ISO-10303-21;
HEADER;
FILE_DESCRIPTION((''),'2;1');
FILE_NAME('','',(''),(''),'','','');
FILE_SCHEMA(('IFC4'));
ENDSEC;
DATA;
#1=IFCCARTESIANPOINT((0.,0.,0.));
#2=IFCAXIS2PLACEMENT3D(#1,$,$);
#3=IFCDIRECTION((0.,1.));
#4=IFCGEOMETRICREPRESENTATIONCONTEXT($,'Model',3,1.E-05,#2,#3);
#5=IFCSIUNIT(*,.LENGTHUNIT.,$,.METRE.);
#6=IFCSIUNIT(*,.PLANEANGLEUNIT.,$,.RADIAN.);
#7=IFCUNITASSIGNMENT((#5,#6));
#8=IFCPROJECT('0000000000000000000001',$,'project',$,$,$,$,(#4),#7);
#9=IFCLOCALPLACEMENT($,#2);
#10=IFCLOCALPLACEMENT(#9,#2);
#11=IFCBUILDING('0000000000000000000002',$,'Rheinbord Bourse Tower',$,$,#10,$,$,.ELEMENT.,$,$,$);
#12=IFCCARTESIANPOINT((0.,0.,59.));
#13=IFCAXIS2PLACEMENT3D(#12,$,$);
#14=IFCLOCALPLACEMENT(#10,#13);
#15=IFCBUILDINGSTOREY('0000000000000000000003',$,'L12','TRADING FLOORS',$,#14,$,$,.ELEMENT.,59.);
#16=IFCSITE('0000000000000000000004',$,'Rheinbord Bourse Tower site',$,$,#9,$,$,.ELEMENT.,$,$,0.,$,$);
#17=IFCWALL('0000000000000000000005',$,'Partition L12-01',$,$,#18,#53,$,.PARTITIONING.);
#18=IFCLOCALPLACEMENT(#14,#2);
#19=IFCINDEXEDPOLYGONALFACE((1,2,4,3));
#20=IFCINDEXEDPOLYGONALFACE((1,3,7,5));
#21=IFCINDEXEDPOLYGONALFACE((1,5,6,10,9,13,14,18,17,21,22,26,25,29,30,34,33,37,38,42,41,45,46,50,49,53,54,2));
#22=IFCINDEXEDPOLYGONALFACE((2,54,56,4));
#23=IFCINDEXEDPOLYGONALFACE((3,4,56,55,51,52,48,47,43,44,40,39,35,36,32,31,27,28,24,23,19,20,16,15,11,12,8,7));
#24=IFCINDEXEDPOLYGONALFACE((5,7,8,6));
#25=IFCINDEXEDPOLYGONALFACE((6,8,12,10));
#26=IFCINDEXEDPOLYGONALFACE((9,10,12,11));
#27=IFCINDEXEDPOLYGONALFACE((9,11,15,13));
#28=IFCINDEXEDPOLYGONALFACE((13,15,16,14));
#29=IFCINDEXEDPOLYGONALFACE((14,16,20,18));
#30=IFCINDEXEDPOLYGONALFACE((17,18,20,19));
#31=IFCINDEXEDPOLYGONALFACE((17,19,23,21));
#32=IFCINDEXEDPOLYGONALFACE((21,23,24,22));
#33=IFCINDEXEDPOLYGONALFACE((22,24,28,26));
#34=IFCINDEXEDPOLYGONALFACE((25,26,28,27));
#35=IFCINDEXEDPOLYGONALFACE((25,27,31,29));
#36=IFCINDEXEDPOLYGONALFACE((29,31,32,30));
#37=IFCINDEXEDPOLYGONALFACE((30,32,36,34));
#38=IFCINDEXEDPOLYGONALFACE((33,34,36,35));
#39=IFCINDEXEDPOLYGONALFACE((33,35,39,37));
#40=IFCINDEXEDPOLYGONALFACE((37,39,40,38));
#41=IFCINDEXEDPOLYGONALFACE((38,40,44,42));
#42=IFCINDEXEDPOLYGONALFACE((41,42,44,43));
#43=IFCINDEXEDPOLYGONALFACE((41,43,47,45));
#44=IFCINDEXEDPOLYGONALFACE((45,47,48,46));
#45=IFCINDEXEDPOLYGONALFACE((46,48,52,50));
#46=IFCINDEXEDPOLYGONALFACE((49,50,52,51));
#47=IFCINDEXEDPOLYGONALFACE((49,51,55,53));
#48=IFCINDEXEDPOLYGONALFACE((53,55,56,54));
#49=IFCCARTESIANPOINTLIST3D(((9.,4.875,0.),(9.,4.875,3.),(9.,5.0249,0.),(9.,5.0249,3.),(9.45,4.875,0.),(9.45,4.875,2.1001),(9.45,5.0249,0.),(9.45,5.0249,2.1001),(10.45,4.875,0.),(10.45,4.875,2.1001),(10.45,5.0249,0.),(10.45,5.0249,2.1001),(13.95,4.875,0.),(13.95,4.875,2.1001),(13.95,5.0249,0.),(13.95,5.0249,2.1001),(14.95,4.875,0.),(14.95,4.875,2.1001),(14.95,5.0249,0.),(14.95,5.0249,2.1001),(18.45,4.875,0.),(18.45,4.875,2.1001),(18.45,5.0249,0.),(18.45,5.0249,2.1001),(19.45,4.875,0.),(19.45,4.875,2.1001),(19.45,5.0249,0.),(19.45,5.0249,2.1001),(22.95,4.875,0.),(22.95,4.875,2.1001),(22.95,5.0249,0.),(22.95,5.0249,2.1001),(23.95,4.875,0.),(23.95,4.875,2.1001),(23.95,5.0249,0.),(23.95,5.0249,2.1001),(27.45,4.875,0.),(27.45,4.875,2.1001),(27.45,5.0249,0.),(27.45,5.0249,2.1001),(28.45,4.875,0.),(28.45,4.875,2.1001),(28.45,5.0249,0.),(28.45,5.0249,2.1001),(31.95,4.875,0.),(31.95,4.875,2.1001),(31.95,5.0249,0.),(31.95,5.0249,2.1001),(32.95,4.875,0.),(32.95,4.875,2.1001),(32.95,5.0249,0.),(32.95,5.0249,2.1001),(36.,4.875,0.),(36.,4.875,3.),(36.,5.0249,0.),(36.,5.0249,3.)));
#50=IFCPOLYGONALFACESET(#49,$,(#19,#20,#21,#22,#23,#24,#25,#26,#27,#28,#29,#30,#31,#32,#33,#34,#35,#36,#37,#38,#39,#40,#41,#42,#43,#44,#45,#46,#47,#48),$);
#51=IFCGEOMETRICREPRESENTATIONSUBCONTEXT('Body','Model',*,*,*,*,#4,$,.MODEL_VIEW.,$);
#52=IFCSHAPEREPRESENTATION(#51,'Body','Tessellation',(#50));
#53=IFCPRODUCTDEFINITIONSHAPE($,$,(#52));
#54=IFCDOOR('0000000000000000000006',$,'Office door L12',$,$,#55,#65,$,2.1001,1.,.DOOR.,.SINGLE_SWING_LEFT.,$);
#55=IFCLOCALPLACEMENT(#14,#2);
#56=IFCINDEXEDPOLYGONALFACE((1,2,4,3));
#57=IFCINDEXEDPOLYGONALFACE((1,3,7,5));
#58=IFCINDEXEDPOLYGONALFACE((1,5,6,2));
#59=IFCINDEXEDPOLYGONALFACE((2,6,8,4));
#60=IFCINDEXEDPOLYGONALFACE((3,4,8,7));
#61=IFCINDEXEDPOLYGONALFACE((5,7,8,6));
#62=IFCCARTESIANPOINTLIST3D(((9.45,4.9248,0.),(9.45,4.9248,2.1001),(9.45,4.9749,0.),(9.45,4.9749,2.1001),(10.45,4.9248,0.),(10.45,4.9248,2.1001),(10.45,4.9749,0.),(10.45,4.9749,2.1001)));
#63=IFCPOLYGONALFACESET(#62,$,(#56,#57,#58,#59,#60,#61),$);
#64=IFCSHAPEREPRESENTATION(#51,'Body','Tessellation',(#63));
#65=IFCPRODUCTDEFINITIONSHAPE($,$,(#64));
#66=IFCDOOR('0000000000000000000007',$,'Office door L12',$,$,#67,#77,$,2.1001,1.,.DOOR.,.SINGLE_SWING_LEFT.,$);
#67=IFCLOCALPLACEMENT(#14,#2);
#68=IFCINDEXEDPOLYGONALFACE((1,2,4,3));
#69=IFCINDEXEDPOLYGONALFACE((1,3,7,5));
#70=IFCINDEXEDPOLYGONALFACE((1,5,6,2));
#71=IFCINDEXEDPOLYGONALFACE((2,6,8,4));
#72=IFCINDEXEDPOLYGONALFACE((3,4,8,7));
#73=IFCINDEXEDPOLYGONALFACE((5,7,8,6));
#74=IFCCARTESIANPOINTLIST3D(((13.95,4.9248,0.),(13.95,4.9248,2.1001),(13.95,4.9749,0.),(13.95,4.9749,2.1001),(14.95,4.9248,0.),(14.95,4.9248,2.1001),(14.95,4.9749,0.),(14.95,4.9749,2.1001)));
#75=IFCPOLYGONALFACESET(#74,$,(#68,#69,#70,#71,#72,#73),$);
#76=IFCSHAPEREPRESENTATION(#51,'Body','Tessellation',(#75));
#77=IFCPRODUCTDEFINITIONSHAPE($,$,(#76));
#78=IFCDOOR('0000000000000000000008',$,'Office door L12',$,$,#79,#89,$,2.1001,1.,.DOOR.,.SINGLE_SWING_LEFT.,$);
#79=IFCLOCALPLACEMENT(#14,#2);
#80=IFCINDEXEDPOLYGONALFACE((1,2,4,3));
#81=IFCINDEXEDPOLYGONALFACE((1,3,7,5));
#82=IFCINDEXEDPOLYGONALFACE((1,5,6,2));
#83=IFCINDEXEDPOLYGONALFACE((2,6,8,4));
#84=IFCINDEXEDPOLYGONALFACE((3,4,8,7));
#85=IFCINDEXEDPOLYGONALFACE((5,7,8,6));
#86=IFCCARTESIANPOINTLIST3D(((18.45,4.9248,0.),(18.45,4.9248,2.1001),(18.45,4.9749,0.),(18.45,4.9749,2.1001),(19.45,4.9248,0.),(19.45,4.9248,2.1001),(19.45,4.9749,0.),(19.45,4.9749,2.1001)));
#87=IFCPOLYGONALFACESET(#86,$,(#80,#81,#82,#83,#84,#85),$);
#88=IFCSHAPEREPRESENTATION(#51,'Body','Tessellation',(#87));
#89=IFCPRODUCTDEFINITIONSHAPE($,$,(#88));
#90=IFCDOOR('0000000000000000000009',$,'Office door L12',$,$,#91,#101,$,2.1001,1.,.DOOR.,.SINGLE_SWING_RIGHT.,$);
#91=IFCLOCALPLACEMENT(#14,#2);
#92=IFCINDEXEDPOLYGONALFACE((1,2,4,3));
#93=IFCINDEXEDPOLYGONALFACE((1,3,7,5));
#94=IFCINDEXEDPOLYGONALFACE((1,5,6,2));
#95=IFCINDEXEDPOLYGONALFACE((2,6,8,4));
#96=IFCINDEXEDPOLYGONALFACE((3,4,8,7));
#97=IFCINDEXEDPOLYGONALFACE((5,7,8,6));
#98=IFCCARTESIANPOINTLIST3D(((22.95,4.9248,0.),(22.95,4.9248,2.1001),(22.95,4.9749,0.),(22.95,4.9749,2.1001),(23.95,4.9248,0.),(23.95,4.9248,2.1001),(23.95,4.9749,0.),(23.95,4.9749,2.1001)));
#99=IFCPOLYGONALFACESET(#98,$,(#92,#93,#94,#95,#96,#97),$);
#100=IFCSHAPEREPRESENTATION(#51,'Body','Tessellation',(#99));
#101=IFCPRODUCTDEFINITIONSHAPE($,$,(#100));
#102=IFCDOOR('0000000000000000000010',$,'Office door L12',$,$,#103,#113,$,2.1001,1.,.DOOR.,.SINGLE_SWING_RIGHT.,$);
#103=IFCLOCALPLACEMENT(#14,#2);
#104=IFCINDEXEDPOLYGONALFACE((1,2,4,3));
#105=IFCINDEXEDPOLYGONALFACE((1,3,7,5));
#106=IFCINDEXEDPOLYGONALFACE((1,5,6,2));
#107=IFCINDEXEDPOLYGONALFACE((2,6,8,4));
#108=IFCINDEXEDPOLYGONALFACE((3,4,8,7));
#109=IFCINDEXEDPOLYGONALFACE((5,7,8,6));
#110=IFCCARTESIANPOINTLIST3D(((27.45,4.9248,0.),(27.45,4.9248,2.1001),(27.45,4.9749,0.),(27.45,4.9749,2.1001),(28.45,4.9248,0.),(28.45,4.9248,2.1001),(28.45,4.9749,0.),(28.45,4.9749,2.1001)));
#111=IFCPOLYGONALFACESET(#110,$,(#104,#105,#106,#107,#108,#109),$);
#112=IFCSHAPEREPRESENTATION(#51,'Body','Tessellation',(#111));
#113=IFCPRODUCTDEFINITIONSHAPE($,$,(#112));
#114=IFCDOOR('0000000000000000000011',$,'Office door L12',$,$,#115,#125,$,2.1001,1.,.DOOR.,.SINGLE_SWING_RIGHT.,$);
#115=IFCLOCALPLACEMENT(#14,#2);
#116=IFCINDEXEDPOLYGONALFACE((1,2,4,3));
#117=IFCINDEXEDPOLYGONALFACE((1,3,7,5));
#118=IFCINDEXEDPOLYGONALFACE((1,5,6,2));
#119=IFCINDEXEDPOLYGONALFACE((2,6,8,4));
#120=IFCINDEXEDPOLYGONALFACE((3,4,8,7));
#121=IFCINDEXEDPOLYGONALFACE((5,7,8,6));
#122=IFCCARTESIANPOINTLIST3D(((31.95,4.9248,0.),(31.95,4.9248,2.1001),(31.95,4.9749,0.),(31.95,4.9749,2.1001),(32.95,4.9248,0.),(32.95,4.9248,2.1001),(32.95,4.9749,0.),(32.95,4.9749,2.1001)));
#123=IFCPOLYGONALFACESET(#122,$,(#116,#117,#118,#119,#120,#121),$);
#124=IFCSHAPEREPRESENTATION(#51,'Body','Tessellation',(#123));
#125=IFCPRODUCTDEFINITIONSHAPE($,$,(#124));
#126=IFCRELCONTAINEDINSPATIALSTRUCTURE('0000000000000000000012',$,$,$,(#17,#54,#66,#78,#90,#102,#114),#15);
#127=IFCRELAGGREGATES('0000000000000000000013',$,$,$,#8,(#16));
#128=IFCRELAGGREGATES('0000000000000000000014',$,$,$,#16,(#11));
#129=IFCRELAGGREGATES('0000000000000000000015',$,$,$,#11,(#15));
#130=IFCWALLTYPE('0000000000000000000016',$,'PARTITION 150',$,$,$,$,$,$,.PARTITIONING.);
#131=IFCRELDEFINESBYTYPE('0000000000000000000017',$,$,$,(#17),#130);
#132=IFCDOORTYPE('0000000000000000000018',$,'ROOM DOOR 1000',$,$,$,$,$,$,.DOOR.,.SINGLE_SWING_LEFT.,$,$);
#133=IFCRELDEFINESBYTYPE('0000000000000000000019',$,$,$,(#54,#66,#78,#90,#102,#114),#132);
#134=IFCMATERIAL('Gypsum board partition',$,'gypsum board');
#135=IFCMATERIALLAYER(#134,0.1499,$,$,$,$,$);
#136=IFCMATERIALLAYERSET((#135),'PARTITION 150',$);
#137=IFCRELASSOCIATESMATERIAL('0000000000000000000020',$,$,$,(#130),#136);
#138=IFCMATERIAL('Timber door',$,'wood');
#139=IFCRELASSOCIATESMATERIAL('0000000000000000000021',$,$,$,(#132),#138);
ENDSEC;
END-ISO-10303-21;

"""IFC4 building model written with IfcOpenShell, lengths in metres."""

from ifc_helpers import new_model, si_unit, direction, frame, frame_2d, origin, place, context, subcontext, project, spatial, rectangle, extrude, material, layer, layer_set, type_object, element, fill, save


model = new_model("IFC4")

# Units and contexts
model_context = context("Model", 3, precision=1e-05, world=origin(), true_north=direction((0.0, 1.0)))
body_context = subcontext(model_context, "Body", "Model", "MODEL_VIEW")
ifc_project = project(units=[si_unit("LENGTHUNIT", "METRE"), si_unit("PLANEANGLEUNIT", "RADIAN")], contexts=[model_context])

# Site, building, storey
site_placement = place(None, origin())
site = spatial("IfcSite", under=ifc_project, at=site_placement, Name="Rheinbord Bourse Tower site", CompositionType="ELEMENT", RefElevation=0.0)
building_placement = place(site_placement, origin())
building = spatial("IfcBuilding", under=site, at=building_placement, Name="Rheinbord Bourse Tower", CompositionType="ELEMENT")
storey_placement = place(building_placement, frame((0.0, 0.0, 59.0)))
storey = spatial("IfcBuildingStorey", under=building, at=storey_placement, Name="L12", Description="TRADING FLOORS", CompositionType="ELEMENT", Elevation=59.0)

# Wall, openings, doors
ifc_material_1 = material(Name="Gypsum board partition", Category="gypsum board")
ifc_layer_1 = layer(ifc_material_1, 0.1499)
ifc_layer_set_1 = layer_set([ifc_layer_1], Name="PARTITION 150")
wall_type = type_object("IfcWallType", Name="PARTITION 150", PredefinedType="PARTITIONING", material=ifc_layer_set_1)
wall_placement = place(storey_placement, frame((9.0, 4.95, 0.0), z_axis=(0.0, 0.0, 1.0), x_axis=(1.0, 0.0, 0.0)))
wall = element("IfcWall", 1, at=wall_placement, inside=storey, type_object=wall_type, Name="Partition L12-01", PredefinedType="PARTITIONING", context=body_context, shape_type="SweptSolid", body=[
    extrude(rectangle(XDim=27.0, YDim=0.1499, at=frame_2d((13.5, 0.0))), origin(), (0.0, 0.0, 1.0), 3.0),
])
opening_1_placement = place(wall_placement, frame((0.45, 0.0, 0.0)))
opening_1 = element("IfcOpeningElement", 2, at=opening_1_placement, cuts=wall, PredefinedType="OPENING", context=body_context, shape_type="SweptSolid", body=[
    extrude(rectangle(XDim=1.0, YDim=2.1001, at=frame_2d((0.5, 1.05))), frame((0.0, 0.085, 0.0), z_axis=(0.0, -1.0, 0.0), x_axis=(1.0, 0.0, 0.0)), (0.0, 0.0, 1.0), 0.1699),
])
opening_2_placement = place(wall_placement, frame((4.95, 0.0, 0.0)))
opening_2 = element("IfcOpeningElement", 3, at=opening_2_placement, cuts=wall, PredefinedType="OPENING", context=body_context, shape_type="SweptSolid", body=[
    extrude(rectangle(XDim=1.0, YDim=2.1001, at=frame_2d((0.5, 1.05))), frame((0.0, 0.085, 0.0), z_axis=(0.0, -1.0, 0.0), x_axis=(1.0, 0.0, 0.0)), (0.0, 0.0, 1.0), 0.1699),
])
opening_3_placement = place(wall_placement, frame((9.45, 0.0, 0.0)))
opening_3 = element("IfcOpeningElement", 4, at=opening_3_placement, cuts=wall, PredefinedType="OPENING", context=body_context, shape_type="SweptSolid", body=[
    extrude(rectangle(XDim=1.0, YDim=2.1001, at=frame_2d((0.5, 1.05))), frame((0.0, 0.085, 0.0), z_axis=(0.0, -1.0, 0.0), x_axis=(1.0, 0.0, 0.0)), (0.0, 0.0, 1.0), 0.1699),
])
opening_4_placement = place(wall_placement, frame((13.95, 0.0, 0.0)))
opening_4 = element("IfcOpeningElement", 5, at=opening_4_placement, cuts=wall, PredefinedType="OPENING", context=body_context, shape_type="SweptSolid", body=[
    extrude(rectangle(XDim=1.0, YDim=2.1001, at=frame_2d((0.5, 1.05))), frame((0.0, 0.085, 0.0), z_axis=(0.0, -1.0, 0.0), x_axis=(1.0, 0.0, 0.0)), (0.0, 0.0, 1.0), 0.1699),
])
opening_5_placement = place(wall_placement, frame((18.45, 0.0, 0.0)))
opening_5 = element("IfcOpeningElement", 6, at=opening_5_placement, cuts=wall, PredefinedType="OPENING", context=body_context, shape_type="SweptSolid", body=[
    extrude(rectangle(XDim=1.0, YDim=2.1001, at=frame_2d((0.5, 1.05))), frame((0.0, 0.085, 0.0), z_axis=(0.0, -1.0, 0.0), x_axis=(1.0, 0.0, 0.0)), (0.0, 0.0, 1.0), 0.1699),
])
opening_6_placement = place(wall_placement, frame((22.95, 0.0, 0.0)))
opening_6 = element("IfcOpeningElement", 7, at=opening_6_placement, cuts=wall, PredefinedType="OPENING", context=body_context, shape_type="SweptSolid", body=[
    extrude(rectangle(XDim=1.0, YDim=2.1001, at=frame_2d((0.5, 1.05))), frame((0.0, 0.085, 0.0), z_axis=(0.0, -1.0, 0.0), x_axis=(1.0, 0.0, 0.0)), (0.0, 0.0, 1.0), 0.1699),
])
ifc_material_2 = material(Name="Timber door", Category="wood")
door_type = type_object("IfcDoorType", Name="ROOM DOOR 1000", OperationType="SINGLE_SWING_LEFT", PredefinedType="DOOR", material=ifc_material_2)
door_1_placement = place(opening_1_placement, origin())
door_1 = element("IfcDoor", 8, at=door_1_placement, inside=storey, type_object=door_type, Name="Office door L12", OperationType="SINGLE_SWING_LEFT", OverallHeight=2.1001, OverallWidth=1.0, PredefinedType="DOOR", context=body_context, shape_type="SweptSolid", body=[
    extrude(rectangle(XDim=1.0, YDim=2.1001, at=frame_2d((0.5, 1.05))), frame((0.0, 0.0249, 0.0), z_axis=(0.0, -1.0, 0.0), x_axis=(1.0, 0.0, 0.0)), (0.0, 0.0, 1.0), 0.05),
])
fill(opening_1, door_1)
door_2_placement = place(opening_2_placement, origin())
door_2 = element("IfcDoor", 9, at=door_2_placement, inside=storey, type_object=door_type, Name="Office door L12", OperationType="SINGLE_SWING_LEFT", OverallHeight=2.1001, OverallWidth=1.0, PredefinedType="DOOR", context=body_context, shape_type="SweptSolid", body=[
    extrude(rectangle(XDim=1.0, YDim=2.1001, at=frame_2d((0.5, 1.05))), frame((0.0, 0.0249, 0.0), z_axis=(0.0, -1.0, 0.0), x_axis=(1.0, 0.0, 0.0)), (0.0, 0.0, 1.0), 0.05),
])
fill(opening_2, door_2)
door_3_placement = place(opening_3_placement, origin())
door_3 = element("IfcDoor", 10, at=door_3_placement, inside=storey, type_object=door_type, Name="Office door L12", OperationType="SINGLE_SWING_LEFT", OverallHeight=2.1001, OverallWidth=1.0, PredefinedType="DOOR", context=body_context, shape_type="SweptSolid", body=[
    extrude(rectangle(XDim=1.0, YDim=2.1001, at=frame_2d((0.5, 1.05))), frame((0.0, 0.0249, 0.0), z_axis=(0.0, -1.0, 0.0), x_axis=(1.0, 0.0, 0.0)), (0.0, 0.0, 1.0), 0.05),
])
fill(opening_3, door_3)
door_4_placement = place(opening_4_placement, origin())
door_4 = element("IfcDoor", 11, at=door_4_placement, inside=storey, type_object=door_type, Name="Office door L12", OperationType="SINGLE_SWING_RIGHT", OverallHeight=2.1001, OverallWidth=1.0, PredefinedType="DOOR", context=body_context, shape_type="SweptSolid", body=[
    extrude(rectangle(XDim=1.0, YDim=2.1001, at=frame_2d((0.5, 1.05))), frame((0.0, 0.0249, 0.0), z_axis=(0.0, -1.0, 0.0), x_axis=(1.0, 0.0, 0.0)), (0.0, 0.0, 1.0), 0.05),
])
fill(opening_4, door_4)
door_5_placement = place(opening_5_placement, origin())
door_5 = element("IfcDoor", 12, at=door_5_placement, inside=storey, type_object=door_type, Name="Office door L12", OperationType="SINGLE_SWING_RIGHT", OverallHeight=2.1001, OverallWidth=1.0, PredefinedType="DOOR", context=body_context, shape_type="SweptSolid", body=[
    extrude(rectangle(XDim=1.0, YDim=2.1001, at=frame_2d((0.5, 1.05))), frame((0.0, 0.0249, 0.0), z_axis=(0.0, -1.0, 0.0), x_axis=(1.0, 0.0, 0.0)), (0.0, 0.0, 1.0), 0.05),
])
fill(opening_5, door_5)
door_6_placement = place(opening_6_placement, origin())
door_6 = element("IfcDoor", 13, at=door_6_placement, inside=storey, type_object=door_type, Name="Office door L12", OperationType="SINGLE_SWING_RIGHT", OverallHeight=2.1001, OverallWidth=1.0, PredefinedType="DOOR", context=body_context, shape_type="SweptSolid", body=[
    extrude(rectangle(XDim=1.0, YDim=2.1001, at=frame_2d((0.5, 1.05))), frame((0.0, 0.0249, 0.0), z_axis=(0.0, -1.0, 0.0), x_axis=(1.0, 0.0, 0.0)), (0.0, 0.0, 1.0), 0.05),
])
fill(opening_6, door_6)

save(model, "model.ifc")
